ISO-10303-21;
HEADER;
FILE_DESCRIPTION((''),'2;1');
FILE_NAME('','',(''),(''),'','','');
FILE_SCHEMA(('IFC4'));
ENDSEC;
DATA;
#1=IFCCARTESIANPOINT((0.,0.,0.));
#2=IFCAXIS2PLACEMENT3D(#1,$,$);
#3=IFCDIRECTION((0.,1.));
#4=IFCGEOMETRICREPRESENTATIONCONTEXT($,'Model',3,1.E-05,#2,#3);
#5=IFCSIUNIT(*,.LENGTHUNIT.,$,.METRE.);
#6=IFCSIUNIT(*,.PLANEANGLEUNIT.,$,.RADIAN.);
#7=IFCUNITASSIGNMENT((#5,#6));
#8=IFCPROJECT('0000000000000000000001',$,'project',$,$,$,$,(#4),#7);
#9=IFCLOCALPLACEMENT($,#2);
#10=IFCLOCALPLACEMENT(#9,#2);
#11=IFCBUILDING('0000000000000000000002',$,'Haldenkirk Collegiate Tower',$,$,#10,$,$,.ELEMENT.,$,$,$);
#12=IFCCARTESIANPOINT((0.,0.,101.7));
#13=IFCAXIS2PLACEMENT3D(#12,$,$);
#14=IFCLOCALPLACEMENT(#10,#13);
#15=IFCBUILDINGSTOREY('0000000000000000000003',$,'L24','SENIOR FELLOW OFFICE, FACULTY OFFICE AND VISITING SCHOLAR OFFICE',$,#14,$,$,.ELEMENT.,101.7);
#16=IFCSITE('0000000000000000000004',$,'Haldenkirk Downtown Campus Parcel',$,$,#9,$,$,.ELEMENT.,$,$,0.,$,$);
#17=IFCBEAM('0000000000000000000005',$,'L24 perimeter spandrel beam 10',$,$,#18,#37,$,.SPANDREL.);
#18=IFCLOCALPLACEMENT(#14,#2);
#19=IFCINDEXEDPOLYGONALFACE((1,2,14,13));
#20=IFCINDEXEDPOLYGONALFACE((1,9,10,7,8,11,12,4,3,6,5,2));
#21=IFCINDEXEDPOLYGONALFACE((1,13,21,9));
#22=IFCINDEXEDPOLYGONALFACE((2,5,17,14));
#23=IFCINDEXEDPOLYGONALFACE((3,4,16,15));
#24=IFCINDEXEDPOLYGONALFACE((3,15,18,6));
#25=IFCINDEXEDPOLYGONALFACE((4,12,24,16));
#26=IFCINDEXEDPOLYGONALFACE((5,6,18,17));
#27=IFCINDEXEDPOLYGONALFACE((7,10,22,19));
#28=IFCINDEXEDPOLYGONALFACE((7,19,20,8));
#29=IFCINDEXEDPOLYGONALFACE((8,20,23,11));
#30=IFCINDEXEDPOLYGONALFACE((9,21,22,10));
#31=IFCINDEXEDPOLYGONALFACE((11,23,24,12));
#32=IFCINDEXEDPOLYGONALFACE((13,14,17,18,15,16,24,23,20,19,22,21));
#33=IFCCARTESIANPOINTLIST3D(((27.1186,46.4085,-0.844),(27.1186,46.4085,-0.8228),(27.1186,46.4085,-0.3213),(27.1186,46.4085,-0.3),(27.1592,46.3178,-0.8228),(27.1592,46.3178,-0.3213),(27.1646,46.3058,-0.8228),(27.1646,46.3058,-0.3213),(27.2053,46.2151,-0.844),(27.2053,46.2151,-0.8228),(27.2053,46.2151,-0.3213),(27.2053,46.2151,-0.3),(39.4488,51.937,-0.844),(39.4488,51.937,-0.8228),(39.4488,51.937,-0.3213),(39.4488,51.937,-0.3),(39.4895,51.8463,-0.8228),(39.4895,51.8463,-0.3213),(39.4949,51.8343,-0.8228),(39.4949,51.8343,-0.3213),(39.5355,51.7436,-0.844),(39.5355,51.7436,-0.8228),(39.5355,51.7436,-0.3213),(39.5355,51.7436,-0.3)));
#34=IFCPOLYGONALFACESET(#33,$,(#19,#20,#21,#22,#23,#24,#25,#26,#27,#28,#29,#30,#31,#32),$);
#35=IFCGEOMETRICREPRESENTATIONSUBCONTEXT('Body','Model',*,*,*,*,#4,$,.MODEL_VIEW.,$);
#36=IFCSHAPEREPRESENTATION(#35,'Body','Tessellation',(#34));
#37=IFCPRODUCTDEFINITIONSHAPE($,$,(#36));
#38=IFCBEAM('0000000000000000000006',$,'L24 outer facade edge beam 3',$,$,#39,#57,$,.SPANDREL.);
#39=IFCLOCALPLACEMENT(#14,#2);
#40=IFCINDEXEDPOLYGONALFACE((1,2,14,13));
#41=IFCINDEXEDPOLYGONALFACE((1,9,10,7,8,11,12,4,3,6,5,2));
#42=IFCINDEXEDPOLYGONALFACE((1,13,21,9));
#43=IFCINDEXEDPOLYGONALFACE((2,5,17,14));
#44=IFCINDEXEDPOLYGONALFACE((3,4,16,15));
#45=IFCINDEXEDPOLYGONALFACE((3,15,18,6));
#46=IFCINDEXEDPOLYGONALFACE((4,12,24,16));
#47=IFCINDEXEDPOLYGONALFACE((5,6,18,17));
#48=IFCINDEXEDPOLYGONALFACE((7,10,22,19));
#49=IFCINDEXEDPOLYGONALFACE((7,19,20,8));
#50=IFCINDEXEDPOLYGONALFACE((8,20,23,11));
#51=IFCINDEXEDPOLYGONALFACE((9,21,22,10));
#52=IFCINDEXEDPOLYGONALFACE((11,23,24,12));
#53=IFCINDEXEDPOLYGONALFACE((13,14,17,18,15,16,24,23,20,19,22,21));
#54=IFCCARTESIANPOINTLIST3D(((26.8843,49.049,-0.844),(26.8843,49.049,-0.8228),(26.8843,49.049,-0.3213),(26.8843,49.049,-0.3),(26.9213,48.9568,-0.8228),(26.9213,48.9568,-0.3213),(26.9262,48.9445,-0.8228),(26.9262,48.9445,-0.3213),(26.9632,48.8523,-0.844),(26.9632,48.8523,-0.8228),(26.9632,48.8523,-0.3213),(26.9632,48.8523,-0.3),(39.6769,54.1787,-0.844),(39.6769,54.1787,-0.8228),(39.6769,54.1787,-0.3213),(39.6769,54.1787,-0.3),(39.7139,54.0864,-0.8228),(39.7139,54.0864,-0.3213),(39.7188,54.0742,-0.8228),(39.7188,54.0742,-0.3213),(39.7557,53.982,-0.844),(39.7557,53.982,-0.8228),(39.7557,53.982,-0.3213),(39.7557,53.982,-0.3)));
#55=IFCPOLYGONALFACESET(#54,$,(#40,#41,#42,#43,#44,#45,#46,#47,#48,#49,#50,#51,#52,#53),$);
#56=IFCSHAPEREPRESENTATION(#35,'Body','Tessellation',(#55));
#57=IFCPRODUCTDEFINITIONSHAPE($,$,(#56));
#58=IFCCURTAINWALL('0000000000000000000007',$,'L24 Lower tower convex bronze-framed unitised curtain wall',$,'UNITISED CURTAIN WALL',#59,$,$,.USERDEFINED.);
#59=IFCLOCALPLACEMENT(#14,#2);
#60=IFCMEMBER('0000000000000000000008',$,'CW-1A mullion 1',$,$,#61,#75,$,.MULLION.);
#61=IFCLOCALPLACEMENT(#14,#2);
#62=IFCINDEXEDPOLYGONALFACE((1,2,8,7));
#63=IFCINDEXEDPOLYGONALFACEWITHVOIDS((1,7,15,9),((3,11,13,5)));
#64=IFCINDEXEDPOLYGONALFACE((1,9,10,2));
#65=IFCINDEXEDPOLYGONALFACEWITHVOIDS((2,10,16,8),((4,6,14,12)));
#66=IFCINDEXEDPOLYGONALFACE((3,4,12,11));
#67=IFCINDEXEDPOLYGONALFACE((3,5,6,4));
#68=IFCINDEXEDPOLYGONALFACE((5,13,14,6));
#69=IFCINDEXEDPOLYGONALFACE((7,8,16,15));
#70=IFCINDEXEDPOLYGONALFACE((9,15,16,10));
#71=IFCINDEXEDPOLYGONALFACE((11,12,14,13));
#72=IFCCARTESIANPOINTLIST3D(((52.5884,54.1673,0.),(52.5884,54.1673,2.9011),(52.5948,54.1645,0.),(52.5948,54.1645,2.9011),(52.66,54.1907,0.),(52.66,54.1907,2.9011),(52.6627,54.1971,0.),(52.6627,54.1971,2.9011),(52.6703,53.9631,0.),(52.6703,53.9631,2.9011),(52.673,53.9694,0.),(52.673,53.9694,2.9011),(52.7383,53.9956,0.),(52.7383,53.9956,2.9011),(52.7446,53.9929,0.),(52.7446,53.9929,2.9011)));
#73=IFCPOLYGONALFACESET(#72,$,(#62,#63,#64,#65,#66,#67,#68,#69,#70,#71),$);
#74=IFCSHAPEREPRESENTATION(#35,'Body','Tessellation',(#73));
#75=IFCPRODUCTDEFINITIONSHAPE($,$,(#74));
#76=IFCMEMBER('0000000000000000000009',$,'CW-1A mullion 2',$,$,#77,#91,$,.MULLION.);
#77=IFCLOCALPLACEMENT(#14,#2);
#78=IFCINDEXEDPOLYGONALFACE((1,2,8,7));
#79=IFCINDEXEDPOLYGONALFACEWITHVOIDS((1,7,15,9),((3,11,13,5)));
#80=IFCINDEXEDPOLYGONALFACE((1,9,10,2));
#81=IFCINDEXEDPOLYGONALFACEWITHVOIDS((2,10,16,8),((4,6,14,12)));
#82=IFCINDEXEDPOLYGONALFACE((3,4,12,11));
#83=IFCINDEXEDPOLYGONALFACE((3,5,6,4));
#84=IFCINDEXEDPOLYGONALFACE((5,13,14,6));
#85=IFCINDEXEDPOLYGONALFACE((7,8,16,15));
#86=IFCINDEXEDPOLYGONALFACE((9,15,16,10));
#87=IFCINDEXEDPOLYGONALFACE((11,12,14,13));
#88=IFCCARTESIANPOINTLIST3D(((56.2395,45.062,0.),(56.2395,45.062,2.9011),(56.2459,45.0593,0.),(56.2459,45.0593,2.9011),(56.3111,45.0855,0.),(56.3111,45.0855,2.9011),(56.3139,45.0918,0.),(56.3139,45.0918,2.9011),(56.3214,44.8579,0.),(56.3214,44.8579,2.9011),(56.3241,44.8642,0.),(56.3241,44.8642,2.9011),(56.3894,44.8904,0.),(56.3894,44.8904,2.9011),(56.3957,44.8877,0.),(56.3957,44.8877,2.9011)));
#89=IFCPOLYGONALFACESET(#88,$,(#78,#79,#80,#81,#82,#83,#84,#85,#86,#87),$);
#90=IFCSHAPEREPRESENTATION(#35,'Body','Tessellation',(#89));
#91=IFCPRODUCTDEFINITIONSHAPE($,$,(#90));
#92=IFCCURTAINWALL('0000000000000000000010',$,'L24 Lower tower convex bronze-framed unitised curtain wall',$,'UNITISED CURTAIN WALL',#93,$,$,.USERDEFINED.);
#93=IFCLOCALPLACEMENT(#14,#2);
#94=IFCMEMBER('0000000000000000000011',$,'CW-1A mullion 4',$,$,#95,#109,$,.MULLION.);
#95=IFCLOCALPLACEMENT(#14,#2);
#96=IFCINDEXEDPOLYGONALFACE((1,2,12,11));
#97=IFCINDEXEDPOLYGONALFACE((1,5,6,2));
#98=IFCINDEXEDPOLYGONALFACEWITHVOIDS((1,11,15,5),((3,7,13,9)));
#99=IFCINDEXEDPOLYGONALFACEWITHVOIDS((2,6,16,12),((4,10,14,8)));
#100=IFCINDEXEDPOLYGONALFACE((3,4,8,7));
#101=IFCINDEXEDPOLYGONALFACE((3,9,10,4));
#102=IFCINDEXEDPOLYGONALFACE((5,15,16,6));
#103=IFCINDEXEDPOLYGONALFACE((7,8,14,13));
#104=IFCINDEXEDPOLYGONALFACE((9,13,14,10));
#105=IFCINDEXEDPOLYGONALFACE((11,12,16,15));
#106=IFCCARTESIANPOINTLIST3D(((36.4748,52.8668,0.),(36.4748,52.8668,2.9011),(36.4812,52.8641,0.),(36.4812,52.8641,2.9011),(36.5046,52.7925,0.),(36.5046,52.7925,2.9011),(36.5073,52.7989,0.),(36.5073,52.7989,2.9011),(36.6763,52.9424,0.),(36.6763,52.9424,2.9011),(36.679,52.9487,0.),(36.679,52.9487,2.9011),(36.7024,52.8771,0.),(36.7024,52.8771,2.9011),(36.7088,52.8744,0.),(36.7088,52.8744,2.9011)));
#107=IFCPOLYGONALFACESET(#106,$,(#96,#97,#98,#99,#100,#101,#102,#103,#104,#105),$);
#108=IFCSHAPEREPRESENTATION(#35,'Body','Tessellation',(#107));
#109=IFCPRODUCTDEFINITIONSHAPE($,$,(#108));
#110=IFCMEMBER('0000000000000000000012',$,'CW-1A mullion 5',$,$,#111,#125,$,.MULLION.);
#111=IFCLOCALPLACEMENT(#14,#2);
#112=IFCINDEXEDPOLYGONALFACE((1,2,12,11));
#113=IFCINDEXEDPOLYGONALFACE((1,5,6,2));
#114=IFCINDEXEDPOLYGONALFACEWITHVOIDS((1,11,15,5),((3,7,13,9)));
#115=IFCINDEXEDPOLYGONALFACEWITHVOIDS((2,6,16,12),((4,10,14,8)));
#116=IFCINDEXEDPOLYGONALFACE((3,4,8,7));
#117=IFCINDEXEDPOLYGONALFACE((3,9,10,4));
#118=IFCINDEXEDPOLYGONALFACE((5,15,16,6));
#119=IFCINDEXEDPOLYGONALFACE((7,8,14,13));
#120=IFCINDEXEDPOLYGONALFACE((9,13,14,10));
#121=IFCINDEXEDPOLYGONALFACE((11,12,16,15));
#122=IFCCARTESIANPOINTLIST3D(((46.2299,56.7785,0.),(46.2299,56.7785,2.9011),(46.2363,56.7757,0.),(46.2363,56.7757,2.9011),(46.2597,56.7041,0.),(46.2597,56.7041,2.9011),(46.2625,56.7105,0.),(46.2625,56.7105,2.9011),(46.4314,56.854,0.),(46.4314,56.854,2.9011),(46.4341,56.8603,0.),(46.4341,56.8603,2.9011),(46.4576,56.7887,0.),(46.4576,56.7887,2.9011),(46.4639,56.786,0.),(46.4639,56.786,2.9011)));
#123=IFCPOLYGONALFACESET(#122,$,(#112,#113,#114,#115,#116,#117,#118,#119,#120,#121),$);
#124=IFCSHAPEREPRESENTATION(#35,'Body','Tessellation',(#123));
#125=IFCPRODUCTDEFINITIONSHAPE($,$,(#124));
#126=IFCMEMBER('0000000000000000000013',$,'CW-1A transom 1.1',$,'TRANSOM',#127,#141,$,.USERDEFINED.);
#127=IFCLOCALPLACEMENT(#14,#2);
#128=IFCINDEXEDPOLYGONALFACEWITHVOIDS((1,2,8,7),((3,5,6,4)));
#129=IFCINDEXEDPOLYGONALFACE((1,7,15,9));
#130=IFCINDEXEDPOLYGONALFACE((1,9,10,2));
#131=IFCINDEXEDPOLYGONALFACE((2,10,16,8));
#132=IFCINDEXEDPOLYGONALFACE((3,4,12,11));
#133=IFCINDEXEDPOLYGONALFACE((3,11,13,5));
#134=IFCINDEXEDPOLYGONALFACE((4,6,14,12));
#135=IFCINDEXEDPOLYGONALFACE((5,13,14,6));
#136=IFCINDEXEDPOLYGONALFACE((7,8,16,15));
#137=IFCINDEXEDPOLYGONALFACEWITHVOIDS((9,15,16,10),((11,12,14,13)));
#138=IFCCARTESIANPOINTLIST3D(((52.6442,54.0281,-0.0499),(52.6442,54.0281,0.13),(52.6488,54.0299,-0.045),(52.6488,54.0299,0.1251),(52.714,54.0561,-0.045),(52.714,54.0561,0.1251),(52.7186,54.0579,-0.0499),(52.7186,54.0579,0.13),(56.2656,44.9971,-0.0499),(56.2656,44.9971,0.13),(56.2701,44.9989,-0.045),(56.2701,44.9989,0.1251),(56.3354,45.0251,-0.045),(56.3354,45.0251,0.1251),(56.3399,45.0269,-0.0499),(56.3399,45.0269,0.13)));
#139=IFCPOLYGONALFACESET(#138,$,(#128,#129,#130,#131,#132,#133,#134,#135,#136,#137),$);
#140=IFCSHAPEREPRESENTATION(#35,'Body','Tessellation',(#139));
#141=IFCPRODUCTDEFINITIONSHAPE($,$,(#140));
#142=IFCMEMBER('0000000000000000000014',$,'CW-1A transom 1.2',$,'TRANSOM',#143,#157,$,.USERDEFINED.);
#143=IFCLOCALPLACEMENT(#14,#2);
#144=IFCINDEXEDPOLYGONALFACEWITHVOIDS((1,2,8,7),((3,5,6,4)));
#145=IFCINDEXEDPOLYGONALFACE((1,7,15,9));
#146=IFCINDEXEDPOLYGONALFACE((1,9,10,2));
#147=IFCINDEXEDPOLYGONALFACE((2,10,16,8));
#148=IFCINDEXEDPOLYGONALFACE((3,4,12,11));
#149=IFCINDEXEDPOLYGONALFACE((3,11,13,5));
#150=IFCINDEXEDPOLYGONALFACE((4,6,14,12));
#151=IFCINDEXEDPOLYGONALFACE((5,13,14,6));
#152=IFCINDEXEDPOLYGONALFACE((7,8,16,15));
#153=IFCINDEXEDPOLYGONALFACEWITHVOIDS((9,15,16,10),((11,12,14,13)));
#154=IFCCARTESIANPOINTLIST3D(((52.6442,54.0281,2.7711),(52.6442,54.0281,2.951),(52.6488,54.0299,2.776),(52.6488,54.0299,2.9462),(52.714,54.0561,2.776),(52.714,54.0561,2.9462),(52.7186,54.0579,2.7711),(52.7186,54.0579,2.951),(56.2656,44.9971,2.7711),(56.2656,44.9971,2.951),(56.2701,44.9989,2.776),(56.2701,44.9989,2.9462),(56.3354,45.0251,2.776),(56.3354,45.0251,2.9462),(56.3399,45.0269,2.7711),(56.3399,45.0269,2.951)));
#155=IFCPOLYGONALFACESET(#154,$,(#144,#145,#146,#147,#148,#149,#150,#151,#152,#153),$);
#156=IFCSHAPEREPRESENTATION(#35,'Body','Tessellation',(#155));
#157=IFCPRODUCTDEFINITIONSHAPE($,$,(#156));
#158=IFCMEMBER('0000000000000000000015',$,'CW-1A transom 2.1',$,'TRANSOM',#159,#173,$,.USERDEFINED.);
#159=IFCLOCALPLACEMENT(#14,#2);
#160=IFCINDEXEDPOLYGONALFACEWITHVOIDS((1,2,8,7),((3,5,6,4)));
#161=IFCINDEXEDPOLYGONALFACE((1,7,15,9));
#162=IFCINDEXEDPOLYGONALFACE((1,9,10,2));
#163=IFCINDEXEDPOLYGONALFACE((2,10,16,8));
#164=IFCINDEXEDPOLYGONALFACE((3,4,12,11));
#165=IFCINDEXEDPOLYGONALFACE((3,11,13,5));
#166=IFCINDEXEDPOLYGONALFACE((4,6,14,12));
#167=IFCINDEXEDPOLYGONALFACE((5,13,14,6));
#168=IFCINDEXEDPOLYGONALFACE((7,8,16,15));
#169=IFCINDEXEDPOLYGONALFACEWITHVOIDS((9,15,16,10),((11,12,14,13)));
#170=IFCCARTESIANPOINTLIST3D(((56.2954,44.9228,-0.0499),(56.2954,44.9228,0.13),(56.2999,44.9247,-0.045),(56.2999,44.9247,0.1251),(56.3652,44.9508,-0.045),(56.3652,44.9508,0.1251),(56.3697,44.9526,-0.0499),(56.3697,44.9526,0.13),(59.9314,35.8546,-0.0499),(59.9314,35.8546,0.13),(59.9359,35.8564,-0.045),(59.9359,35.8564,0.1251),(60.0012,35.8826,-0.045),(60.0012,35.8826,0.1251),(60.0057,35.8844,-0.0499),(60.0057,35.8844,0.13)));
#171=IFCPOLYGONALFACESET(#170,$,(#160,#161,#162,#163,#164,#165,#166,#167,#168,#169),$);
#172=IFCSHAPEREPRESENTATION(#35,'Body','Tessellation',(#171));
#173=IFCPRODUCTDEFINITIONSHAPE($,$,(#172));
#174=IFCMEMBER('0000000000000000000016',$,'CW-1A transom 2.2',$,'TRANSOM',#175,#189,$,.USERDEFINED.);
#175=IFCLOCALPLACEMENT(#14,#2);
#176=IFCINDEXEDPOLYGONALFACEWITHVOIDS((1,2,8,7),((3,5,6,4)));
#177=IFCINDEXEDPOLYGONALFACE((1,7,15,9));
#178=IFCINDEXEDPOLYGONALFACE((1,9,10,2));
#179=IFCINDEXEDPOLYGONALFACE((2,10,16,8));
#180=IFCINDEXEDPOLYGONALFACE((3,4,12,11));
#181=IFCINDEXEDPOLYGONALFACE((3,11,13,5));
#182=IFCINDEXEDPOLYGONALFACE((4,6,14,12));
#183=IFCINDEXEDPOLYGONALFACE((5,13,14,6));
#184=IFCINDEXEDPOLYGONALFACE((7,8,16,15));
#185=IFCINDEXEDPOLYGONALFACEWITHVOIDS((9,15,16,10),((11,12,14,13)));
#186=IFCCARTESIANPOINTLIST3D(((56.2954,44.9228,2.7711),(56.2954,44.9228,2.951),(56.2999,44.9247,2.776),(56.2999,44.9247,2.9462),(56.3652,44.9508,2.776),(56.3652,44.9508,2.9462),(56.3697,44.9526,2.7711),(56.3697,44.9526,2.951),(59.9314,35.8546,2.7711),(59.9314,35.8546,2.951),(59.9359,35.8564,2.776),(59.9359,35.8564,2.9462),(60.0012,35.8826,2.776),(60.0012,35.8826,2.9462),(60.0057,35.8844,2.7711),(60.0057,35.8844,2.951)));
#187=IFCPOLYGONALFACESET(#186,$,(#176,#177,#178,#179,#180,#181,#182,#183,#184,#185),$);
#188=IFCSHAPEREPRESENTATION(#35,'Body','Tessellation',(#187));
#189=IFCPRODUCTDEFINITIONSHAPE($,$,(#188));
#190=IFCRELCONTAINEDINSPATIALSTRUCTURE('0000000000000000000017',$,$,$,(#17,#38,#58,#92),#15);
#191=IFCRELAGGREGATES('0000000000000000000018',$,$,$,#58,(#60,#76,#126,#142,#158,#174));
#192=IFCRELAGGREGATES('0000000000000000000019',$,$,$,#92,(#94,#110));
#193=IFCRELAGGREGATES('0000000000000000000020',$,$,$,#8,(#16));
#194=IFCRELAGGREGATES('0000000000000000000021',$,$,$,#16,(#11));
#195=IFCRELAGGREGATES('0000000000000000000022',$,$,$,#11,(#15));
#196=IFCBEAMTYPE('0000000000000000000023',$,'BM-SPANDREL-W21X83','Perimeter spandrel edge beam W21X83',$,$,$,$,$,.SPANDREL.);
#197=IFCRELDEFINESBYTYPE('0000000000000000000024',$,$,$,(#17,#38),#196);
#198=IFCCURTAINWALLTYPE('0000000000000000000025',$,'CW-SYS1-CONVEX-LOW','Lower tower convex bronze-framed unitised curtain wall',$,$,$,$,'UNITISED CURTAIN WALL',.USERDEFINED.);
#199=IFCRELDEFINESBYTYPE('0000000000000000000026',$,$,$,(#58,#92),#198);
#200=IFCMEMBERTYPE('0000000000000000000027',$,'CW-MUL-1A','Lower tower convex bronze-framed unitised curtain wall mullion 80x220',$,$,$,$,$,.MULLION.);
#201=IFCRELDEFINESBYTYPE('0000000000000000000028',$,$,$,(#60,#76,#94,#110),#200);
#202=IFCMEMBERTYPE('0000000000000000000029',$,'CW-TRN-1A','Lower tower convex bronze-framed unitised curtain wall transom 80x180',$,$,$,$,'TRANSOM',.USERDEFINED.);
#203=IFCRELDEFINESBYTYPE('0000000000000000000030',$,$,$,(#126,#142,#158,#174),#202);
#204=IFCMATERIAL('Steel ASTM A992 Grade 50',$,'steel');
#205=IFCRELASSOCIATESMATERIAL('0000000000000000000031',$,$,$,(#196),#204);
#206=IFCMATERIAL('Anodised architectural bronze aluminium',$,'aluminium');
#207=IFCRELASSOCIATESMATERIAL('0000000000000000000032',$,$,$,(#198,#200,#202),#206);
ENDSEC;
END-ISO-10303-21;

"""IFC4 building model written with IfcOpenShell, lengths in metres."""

from ifc_helpers import new_model, si_unit, direction, frame, origin, origin_2d, place, context, subcontext, project, spatial, hollow_rectangle, i_section, extrude, material, material_profile, profile_set, type_object, element, aggregate, save


model = new_model("IFC4")

# Units and contexts
model_context = context("Model", 3, precision=1e-05, world=origin(), true_north=direction((0.0, 1.0)))
body_context = subcontext(model_context, "Body", "Model", "MODEL_VIEW")
ifc_project = project(units=[si_unit("LENGTHUNIT", "METRE"), si_unit("PLANEANGLEUNIT", "RADIAN")], contexts=[model_context])

# Site, building, storey
site_placement = place(None, origin())
site = spatial("IfcSite", under=ifc_project, at=site_placement, Name="Haldenkirk Downtown Campus Parcel", CompositionType="ELEMENT", RefElevation=0.0)
building_placement = place(site_placement, origin())
building = spatial("IfcBuilding", under=site, at=building_placement, Name="Haldenkirk Collegiate Tower", CompositionType="ELEMENT")
storey_placement = place(building_placement, frame((0.0, 0.0, 101.7)))
storey = spatial("IfcBuildingStorey", under=building, at=storey_placement, Name="L24", Description="SENIOR FELLOW OFFICE, FACULTY OFFICE AND VISITING SCHOLAR OFFICE", CompositionType="ELEMENT", Elevation=101.7)

# Beams
ifc_material_1 = material(Name="Steel ASTM A992 Grade 50", Category="steel")
ifc_material_profile_1 = material_profile(ifc_material_1, i_section(OverallWidth=0.2119, OverallDepth=0.5439, WebThickness=0.0132, FlangeThickness=0.0212, at=origin_2d()), Name="W21X83")
ifc_profile_set_1 = profile_set([ifc_material_profile_1], Name="Steel ASTM A992 Grade 50")
beam_type_1 = type_object("IfcBeamType", Name="BM-SPANDREL-W21X83", Description="Perimeter spandrel edge beam W21X83", PredefinedType="SPANDREL", material=ifc_profile_set_1)
beam_1_placement = place(storey_placement, frame((39.4922, 51.8403, -0.572), z_axis=(-0.912477, -0.409129, 0.0), x_axis=(0.409129, -0.912477, 0.0)))
element("IfcBeam", 1, at=beam_1_placement, inside=storey, type_object=beam_type_1, Name="L24 perimeter spandrel beam 10", PredefinedType="SPANDREL", context=body_context, shape_type="SweptSolid", body=[
    extrude(i_section(OverallWidth=0.2119, OverallDepth=0.5439, WebThickness=0.0132, FlangeThickness=0.0212, at=origin_2d()), origin(), (0.0, 0.0, 1.0), 13.5129),
])
beam_2_placement = place(storey_placement, frame((39.7163, 54.0803, -0.572), z_axis=(-0.92816, -0.372182, 0.0), x_axis=(0.372182, -0.92816, 0.0)))
element("IfcBeam", 2, at=beam_2_placement, inside=storey, type_object=beam_type_1, Name="L24 outer facade edge beam 3", PredefinedType="SPANDREL", context=body_context, shape_type="SweptSolid", body=[
    extrude(i_section(OverallWidth=0.2119, OverallDepth=0.5439, WebThickness=0.0132, FlangeThickness=0.0212, at=origin_2d()), origin(), (0.0, 0.0, 1.0), 13.7827),
])

# Curtain walls, members
ifc_material_2 = material(Name="Anodised architectural bronze aluminium", Category="aluminium")
curtain_wall_type = type_object("IfcCurtainWallType", Name="CW-SYS1-CONVEX-LOW", Description="Lower tower convex bronze-framed unitised curtain wall", ElementType="UNITISED CURTAIN WALL", PredefinedType="USERDEFINED", material=ifc_material_2)
curtain_wall_1_placement = place(storey_placement, origin())
curtain_wall_1 = element("IfcCurtainWall", 3, at=curtain_wall_1_placement, inside=storey, type_object=curtain_wall_type, Name="L24 Lower tower convex bronze-framed unitised curtain wall", ObjectType="UNITISED CURTAIN WALL", PredefinedType="USERDEFINED")
ifc_material_profile_2 = material_profile(ifc_material_2, hollow_rectangle(XDim=0.0801, YDim=0.22, WallThickness=0.0049, at=origin_2d()), Name="CW-MUL-1A")
ifc_profile_set_2 = profile_set([ifc_material_profile_2], Name="Anodised architectural bronze aluminium")
member_type_1 = type_object("IfcMemberType", Name="CW-MUL-1A", Description="Lower tower convex bronze-framed unitised curtain wall mullion 80x220", PredefinedType="MULLION", material=ifc_profile_set_2)
member_1_placement = place(storey_placement, frame((52.6665, 54.0801, 0.0), z_axis=(0.0, 0.0, 1.0), x_axis=(0.928163, 0.372175, 0.0)))
member_1 = element("IfcMember", 4, at=member_1_placement, type_object=member_type_1, Name="CW-1A mullion 1", PredefinedType="MULLION", context=body_context, shape_type="SweptSolid", body=[
    extrude(hollow_rectangle(XDim=0.0801, YDim=0.22, WallThickness=0.0049, at=origin_2d()), origin(), (0.0, 0.0, 1.0), 2.9011),
])
member_2_placement = place(storey_placement, frame((56.3176, 44.9749, 0.0), z_axis=(0.0, 0.0, 1.0), x_axis=(0.928163, 0.372175, 0.0)))
member_2 = element("IfcMember", 5, at=member_2_placement, type_object=member_type_1, Name="CW-1A mullion 2", PredefinedType="MULLION", context=body_context, shape_type="SweptSolid", body=[
    extrude(hollow_rectangle(XDim=0.0801, YDim=0.22, WallThickness=0.0049, at=origin_2d()), origin(), (0.0, 0.0, 1.0), 2.9011),
])
curtain_wall_2_placement = place(storey_placement, origin())
curtain_wall_2 = element("IfcCurtainWall", 6, at=curtain_wall_2_placement, inside=storey, type_object=curtain_wall_type, Name="L24 Lower tower convex bronze-framed unitised curtain wall", ObjectType="UNITISED CURTAIN WALL", PredefinedType="USERDEFINED")
member_3_placement = place(storey_placement, frame((36.5918, 52.8706, 0.0), z_axis=(0.0, 0.0, 1.0), x_axis=(-0.372175, 0.928163, 0.0)))
member_3 = element("IfcMember", 7, at=member_3_placement, type_object=member_type_1, Name="CW-1A mullion 4", PredefinedType="MULLION", context=body_context, shape_type="SweptSolid", body=[
    extrude(hollow_rectangle(XDim=0.0801, YDim=0.22, WallThickness=0.0049, at=origin_2d()), origin(), (0.0, 0.0, 1.0), 2.9011),
])
member_4_placement = place(storey_placement, frame((46.3469, 56.7822, 0.0), z_axis=(0.0, 0.0, 1.0), x_axis=(-0.372175, 0.928163, 0.0)))
member_4 = element("IfcMember", 8, at=member_4_placement, type_object=member_type_1, Name="CW-1A mullion 5", PredefinedType="MULLION", context=body_context, shape_type="SweptSolid", body=[
    extrude(hollow_rectangle(XDim=0.0801, YDim=0.22, WallThickness=0.0049, at=origin_2d()), origin(), (0.0, 0.0, 1.0), 2.9011),
])

# Members
ifc_material_profile_3 = material_profile(ifc_material_2, hollow_rectangle(XDim=0.0801, YDim=0.1799, WallThickness=0.0049, at=origin_2d()), Name="CW-TRN-1A")
ifc_profile_set_3 = profile_set([ifc_material_profile_3], Name="Anodised architectural bronze aluminium")
member_type_2 = type_object("IfcMemberType", Name="CW-TRN-1A", Description="Lower tower convex bronze-framed unitised curtain wall transom 80x180", ElementType="TRANSOM", PredefinedType="USERDEFINED", material=ifc_profile_set_3)
member_5_placement = place(storey_placement, frame((52.6814, 54.043, 0.04), z_axis=(0.372182, -0.92816, 0.0), x_axis=(0.92816, 0.372182, 0.0)))
member_5 = element("IfcMember", 9, at=member_5_placement, type_object=member_type_2, Name="CW-1A transom 1.1", ObjectType="TRANSOM", PredefinedType="USERDEFINED", context=body_context, shape_type="SweptSolid", body=[
    extrude(hollow_rectangle(XDim=0.0801, YDim=0.1799, WallThickness=0.0049, at=origin_2d()), origin(), (0.0, 0.0, 1.0), 9.73),
])
member_6_placement = place(storey_placement, frame((52.6814, 54.043, 2.8611), z_axis=(0.372182, -0.92816, 0.0), x_axis=(0.92816, 0.372182, 0.0)))
member_6 = element("IfcMember", 10, at=member_6_placement, type_object=member_type_2, Name="CW-1A transom 1.2", ObjectType="TRANSOM", PredefinedType="USERDEFINED", context=body_context, shape_type="SweptSolid", body=[
    extrude(hollow_rectangle(XDim=0.0801, YDim=0.1799, WallThickness=0.0049, at=origin_2d()), origin(), (0.0, 0.0, 1.0), 9.73),
])
member_7_placement = place(storey_placement, frame((56.3325, 44.9377, 0.04), z_axis=(0.372162, -0.928168, 0.0), x_axis=(0.928168, 0.372162, 0.0)))
member_7 = element("IfcMember", 11, at=member_7_placement, type_object=member_type_2, Name="CW-1A transom 2.1", ObjectType="TRANSOM", PredefinedType="USERDEFINED", context=body_context, shape_type="SweptSolid", body=[
    extrude(hollow_rectangle(XDim=0.0801, YDim=0.1799, WallThickness=0.0049, at=origin_2d()), origin(), (0.0, 0.0, 1.0), 9.77),
])
member_8_placement = place(storey_placement, frame((56.3325, 44.9377, 2.8611), z_axis=(0.372162, -0.928168, 0.0), x_axis=(0.928168, 0.372162, 0.0)))
member_8 = element("IfcMember", 12, at=member_8_placement, type_object=member_type_2, Name="CW-1A transom 2.2", ObjectType="TRANSOM", PredefinedType="USERDEFINED", context=body_context, shape_type="SweptSolid", body=[
    extrude(hollow_rectangle(XDim=0.0801, YDim=0.1799, WallThickness=0.0049, at=origin_2d()), origin(), (0.0, 0.0, 1.0), 9.77),
])

aggregate(curtain_wall_1, [member_1, member_2, member_5, member_6, member_7, member_8])
aggregate(curtain_wall_2, [member_3, member_4])

save(model, "model.ifc")
